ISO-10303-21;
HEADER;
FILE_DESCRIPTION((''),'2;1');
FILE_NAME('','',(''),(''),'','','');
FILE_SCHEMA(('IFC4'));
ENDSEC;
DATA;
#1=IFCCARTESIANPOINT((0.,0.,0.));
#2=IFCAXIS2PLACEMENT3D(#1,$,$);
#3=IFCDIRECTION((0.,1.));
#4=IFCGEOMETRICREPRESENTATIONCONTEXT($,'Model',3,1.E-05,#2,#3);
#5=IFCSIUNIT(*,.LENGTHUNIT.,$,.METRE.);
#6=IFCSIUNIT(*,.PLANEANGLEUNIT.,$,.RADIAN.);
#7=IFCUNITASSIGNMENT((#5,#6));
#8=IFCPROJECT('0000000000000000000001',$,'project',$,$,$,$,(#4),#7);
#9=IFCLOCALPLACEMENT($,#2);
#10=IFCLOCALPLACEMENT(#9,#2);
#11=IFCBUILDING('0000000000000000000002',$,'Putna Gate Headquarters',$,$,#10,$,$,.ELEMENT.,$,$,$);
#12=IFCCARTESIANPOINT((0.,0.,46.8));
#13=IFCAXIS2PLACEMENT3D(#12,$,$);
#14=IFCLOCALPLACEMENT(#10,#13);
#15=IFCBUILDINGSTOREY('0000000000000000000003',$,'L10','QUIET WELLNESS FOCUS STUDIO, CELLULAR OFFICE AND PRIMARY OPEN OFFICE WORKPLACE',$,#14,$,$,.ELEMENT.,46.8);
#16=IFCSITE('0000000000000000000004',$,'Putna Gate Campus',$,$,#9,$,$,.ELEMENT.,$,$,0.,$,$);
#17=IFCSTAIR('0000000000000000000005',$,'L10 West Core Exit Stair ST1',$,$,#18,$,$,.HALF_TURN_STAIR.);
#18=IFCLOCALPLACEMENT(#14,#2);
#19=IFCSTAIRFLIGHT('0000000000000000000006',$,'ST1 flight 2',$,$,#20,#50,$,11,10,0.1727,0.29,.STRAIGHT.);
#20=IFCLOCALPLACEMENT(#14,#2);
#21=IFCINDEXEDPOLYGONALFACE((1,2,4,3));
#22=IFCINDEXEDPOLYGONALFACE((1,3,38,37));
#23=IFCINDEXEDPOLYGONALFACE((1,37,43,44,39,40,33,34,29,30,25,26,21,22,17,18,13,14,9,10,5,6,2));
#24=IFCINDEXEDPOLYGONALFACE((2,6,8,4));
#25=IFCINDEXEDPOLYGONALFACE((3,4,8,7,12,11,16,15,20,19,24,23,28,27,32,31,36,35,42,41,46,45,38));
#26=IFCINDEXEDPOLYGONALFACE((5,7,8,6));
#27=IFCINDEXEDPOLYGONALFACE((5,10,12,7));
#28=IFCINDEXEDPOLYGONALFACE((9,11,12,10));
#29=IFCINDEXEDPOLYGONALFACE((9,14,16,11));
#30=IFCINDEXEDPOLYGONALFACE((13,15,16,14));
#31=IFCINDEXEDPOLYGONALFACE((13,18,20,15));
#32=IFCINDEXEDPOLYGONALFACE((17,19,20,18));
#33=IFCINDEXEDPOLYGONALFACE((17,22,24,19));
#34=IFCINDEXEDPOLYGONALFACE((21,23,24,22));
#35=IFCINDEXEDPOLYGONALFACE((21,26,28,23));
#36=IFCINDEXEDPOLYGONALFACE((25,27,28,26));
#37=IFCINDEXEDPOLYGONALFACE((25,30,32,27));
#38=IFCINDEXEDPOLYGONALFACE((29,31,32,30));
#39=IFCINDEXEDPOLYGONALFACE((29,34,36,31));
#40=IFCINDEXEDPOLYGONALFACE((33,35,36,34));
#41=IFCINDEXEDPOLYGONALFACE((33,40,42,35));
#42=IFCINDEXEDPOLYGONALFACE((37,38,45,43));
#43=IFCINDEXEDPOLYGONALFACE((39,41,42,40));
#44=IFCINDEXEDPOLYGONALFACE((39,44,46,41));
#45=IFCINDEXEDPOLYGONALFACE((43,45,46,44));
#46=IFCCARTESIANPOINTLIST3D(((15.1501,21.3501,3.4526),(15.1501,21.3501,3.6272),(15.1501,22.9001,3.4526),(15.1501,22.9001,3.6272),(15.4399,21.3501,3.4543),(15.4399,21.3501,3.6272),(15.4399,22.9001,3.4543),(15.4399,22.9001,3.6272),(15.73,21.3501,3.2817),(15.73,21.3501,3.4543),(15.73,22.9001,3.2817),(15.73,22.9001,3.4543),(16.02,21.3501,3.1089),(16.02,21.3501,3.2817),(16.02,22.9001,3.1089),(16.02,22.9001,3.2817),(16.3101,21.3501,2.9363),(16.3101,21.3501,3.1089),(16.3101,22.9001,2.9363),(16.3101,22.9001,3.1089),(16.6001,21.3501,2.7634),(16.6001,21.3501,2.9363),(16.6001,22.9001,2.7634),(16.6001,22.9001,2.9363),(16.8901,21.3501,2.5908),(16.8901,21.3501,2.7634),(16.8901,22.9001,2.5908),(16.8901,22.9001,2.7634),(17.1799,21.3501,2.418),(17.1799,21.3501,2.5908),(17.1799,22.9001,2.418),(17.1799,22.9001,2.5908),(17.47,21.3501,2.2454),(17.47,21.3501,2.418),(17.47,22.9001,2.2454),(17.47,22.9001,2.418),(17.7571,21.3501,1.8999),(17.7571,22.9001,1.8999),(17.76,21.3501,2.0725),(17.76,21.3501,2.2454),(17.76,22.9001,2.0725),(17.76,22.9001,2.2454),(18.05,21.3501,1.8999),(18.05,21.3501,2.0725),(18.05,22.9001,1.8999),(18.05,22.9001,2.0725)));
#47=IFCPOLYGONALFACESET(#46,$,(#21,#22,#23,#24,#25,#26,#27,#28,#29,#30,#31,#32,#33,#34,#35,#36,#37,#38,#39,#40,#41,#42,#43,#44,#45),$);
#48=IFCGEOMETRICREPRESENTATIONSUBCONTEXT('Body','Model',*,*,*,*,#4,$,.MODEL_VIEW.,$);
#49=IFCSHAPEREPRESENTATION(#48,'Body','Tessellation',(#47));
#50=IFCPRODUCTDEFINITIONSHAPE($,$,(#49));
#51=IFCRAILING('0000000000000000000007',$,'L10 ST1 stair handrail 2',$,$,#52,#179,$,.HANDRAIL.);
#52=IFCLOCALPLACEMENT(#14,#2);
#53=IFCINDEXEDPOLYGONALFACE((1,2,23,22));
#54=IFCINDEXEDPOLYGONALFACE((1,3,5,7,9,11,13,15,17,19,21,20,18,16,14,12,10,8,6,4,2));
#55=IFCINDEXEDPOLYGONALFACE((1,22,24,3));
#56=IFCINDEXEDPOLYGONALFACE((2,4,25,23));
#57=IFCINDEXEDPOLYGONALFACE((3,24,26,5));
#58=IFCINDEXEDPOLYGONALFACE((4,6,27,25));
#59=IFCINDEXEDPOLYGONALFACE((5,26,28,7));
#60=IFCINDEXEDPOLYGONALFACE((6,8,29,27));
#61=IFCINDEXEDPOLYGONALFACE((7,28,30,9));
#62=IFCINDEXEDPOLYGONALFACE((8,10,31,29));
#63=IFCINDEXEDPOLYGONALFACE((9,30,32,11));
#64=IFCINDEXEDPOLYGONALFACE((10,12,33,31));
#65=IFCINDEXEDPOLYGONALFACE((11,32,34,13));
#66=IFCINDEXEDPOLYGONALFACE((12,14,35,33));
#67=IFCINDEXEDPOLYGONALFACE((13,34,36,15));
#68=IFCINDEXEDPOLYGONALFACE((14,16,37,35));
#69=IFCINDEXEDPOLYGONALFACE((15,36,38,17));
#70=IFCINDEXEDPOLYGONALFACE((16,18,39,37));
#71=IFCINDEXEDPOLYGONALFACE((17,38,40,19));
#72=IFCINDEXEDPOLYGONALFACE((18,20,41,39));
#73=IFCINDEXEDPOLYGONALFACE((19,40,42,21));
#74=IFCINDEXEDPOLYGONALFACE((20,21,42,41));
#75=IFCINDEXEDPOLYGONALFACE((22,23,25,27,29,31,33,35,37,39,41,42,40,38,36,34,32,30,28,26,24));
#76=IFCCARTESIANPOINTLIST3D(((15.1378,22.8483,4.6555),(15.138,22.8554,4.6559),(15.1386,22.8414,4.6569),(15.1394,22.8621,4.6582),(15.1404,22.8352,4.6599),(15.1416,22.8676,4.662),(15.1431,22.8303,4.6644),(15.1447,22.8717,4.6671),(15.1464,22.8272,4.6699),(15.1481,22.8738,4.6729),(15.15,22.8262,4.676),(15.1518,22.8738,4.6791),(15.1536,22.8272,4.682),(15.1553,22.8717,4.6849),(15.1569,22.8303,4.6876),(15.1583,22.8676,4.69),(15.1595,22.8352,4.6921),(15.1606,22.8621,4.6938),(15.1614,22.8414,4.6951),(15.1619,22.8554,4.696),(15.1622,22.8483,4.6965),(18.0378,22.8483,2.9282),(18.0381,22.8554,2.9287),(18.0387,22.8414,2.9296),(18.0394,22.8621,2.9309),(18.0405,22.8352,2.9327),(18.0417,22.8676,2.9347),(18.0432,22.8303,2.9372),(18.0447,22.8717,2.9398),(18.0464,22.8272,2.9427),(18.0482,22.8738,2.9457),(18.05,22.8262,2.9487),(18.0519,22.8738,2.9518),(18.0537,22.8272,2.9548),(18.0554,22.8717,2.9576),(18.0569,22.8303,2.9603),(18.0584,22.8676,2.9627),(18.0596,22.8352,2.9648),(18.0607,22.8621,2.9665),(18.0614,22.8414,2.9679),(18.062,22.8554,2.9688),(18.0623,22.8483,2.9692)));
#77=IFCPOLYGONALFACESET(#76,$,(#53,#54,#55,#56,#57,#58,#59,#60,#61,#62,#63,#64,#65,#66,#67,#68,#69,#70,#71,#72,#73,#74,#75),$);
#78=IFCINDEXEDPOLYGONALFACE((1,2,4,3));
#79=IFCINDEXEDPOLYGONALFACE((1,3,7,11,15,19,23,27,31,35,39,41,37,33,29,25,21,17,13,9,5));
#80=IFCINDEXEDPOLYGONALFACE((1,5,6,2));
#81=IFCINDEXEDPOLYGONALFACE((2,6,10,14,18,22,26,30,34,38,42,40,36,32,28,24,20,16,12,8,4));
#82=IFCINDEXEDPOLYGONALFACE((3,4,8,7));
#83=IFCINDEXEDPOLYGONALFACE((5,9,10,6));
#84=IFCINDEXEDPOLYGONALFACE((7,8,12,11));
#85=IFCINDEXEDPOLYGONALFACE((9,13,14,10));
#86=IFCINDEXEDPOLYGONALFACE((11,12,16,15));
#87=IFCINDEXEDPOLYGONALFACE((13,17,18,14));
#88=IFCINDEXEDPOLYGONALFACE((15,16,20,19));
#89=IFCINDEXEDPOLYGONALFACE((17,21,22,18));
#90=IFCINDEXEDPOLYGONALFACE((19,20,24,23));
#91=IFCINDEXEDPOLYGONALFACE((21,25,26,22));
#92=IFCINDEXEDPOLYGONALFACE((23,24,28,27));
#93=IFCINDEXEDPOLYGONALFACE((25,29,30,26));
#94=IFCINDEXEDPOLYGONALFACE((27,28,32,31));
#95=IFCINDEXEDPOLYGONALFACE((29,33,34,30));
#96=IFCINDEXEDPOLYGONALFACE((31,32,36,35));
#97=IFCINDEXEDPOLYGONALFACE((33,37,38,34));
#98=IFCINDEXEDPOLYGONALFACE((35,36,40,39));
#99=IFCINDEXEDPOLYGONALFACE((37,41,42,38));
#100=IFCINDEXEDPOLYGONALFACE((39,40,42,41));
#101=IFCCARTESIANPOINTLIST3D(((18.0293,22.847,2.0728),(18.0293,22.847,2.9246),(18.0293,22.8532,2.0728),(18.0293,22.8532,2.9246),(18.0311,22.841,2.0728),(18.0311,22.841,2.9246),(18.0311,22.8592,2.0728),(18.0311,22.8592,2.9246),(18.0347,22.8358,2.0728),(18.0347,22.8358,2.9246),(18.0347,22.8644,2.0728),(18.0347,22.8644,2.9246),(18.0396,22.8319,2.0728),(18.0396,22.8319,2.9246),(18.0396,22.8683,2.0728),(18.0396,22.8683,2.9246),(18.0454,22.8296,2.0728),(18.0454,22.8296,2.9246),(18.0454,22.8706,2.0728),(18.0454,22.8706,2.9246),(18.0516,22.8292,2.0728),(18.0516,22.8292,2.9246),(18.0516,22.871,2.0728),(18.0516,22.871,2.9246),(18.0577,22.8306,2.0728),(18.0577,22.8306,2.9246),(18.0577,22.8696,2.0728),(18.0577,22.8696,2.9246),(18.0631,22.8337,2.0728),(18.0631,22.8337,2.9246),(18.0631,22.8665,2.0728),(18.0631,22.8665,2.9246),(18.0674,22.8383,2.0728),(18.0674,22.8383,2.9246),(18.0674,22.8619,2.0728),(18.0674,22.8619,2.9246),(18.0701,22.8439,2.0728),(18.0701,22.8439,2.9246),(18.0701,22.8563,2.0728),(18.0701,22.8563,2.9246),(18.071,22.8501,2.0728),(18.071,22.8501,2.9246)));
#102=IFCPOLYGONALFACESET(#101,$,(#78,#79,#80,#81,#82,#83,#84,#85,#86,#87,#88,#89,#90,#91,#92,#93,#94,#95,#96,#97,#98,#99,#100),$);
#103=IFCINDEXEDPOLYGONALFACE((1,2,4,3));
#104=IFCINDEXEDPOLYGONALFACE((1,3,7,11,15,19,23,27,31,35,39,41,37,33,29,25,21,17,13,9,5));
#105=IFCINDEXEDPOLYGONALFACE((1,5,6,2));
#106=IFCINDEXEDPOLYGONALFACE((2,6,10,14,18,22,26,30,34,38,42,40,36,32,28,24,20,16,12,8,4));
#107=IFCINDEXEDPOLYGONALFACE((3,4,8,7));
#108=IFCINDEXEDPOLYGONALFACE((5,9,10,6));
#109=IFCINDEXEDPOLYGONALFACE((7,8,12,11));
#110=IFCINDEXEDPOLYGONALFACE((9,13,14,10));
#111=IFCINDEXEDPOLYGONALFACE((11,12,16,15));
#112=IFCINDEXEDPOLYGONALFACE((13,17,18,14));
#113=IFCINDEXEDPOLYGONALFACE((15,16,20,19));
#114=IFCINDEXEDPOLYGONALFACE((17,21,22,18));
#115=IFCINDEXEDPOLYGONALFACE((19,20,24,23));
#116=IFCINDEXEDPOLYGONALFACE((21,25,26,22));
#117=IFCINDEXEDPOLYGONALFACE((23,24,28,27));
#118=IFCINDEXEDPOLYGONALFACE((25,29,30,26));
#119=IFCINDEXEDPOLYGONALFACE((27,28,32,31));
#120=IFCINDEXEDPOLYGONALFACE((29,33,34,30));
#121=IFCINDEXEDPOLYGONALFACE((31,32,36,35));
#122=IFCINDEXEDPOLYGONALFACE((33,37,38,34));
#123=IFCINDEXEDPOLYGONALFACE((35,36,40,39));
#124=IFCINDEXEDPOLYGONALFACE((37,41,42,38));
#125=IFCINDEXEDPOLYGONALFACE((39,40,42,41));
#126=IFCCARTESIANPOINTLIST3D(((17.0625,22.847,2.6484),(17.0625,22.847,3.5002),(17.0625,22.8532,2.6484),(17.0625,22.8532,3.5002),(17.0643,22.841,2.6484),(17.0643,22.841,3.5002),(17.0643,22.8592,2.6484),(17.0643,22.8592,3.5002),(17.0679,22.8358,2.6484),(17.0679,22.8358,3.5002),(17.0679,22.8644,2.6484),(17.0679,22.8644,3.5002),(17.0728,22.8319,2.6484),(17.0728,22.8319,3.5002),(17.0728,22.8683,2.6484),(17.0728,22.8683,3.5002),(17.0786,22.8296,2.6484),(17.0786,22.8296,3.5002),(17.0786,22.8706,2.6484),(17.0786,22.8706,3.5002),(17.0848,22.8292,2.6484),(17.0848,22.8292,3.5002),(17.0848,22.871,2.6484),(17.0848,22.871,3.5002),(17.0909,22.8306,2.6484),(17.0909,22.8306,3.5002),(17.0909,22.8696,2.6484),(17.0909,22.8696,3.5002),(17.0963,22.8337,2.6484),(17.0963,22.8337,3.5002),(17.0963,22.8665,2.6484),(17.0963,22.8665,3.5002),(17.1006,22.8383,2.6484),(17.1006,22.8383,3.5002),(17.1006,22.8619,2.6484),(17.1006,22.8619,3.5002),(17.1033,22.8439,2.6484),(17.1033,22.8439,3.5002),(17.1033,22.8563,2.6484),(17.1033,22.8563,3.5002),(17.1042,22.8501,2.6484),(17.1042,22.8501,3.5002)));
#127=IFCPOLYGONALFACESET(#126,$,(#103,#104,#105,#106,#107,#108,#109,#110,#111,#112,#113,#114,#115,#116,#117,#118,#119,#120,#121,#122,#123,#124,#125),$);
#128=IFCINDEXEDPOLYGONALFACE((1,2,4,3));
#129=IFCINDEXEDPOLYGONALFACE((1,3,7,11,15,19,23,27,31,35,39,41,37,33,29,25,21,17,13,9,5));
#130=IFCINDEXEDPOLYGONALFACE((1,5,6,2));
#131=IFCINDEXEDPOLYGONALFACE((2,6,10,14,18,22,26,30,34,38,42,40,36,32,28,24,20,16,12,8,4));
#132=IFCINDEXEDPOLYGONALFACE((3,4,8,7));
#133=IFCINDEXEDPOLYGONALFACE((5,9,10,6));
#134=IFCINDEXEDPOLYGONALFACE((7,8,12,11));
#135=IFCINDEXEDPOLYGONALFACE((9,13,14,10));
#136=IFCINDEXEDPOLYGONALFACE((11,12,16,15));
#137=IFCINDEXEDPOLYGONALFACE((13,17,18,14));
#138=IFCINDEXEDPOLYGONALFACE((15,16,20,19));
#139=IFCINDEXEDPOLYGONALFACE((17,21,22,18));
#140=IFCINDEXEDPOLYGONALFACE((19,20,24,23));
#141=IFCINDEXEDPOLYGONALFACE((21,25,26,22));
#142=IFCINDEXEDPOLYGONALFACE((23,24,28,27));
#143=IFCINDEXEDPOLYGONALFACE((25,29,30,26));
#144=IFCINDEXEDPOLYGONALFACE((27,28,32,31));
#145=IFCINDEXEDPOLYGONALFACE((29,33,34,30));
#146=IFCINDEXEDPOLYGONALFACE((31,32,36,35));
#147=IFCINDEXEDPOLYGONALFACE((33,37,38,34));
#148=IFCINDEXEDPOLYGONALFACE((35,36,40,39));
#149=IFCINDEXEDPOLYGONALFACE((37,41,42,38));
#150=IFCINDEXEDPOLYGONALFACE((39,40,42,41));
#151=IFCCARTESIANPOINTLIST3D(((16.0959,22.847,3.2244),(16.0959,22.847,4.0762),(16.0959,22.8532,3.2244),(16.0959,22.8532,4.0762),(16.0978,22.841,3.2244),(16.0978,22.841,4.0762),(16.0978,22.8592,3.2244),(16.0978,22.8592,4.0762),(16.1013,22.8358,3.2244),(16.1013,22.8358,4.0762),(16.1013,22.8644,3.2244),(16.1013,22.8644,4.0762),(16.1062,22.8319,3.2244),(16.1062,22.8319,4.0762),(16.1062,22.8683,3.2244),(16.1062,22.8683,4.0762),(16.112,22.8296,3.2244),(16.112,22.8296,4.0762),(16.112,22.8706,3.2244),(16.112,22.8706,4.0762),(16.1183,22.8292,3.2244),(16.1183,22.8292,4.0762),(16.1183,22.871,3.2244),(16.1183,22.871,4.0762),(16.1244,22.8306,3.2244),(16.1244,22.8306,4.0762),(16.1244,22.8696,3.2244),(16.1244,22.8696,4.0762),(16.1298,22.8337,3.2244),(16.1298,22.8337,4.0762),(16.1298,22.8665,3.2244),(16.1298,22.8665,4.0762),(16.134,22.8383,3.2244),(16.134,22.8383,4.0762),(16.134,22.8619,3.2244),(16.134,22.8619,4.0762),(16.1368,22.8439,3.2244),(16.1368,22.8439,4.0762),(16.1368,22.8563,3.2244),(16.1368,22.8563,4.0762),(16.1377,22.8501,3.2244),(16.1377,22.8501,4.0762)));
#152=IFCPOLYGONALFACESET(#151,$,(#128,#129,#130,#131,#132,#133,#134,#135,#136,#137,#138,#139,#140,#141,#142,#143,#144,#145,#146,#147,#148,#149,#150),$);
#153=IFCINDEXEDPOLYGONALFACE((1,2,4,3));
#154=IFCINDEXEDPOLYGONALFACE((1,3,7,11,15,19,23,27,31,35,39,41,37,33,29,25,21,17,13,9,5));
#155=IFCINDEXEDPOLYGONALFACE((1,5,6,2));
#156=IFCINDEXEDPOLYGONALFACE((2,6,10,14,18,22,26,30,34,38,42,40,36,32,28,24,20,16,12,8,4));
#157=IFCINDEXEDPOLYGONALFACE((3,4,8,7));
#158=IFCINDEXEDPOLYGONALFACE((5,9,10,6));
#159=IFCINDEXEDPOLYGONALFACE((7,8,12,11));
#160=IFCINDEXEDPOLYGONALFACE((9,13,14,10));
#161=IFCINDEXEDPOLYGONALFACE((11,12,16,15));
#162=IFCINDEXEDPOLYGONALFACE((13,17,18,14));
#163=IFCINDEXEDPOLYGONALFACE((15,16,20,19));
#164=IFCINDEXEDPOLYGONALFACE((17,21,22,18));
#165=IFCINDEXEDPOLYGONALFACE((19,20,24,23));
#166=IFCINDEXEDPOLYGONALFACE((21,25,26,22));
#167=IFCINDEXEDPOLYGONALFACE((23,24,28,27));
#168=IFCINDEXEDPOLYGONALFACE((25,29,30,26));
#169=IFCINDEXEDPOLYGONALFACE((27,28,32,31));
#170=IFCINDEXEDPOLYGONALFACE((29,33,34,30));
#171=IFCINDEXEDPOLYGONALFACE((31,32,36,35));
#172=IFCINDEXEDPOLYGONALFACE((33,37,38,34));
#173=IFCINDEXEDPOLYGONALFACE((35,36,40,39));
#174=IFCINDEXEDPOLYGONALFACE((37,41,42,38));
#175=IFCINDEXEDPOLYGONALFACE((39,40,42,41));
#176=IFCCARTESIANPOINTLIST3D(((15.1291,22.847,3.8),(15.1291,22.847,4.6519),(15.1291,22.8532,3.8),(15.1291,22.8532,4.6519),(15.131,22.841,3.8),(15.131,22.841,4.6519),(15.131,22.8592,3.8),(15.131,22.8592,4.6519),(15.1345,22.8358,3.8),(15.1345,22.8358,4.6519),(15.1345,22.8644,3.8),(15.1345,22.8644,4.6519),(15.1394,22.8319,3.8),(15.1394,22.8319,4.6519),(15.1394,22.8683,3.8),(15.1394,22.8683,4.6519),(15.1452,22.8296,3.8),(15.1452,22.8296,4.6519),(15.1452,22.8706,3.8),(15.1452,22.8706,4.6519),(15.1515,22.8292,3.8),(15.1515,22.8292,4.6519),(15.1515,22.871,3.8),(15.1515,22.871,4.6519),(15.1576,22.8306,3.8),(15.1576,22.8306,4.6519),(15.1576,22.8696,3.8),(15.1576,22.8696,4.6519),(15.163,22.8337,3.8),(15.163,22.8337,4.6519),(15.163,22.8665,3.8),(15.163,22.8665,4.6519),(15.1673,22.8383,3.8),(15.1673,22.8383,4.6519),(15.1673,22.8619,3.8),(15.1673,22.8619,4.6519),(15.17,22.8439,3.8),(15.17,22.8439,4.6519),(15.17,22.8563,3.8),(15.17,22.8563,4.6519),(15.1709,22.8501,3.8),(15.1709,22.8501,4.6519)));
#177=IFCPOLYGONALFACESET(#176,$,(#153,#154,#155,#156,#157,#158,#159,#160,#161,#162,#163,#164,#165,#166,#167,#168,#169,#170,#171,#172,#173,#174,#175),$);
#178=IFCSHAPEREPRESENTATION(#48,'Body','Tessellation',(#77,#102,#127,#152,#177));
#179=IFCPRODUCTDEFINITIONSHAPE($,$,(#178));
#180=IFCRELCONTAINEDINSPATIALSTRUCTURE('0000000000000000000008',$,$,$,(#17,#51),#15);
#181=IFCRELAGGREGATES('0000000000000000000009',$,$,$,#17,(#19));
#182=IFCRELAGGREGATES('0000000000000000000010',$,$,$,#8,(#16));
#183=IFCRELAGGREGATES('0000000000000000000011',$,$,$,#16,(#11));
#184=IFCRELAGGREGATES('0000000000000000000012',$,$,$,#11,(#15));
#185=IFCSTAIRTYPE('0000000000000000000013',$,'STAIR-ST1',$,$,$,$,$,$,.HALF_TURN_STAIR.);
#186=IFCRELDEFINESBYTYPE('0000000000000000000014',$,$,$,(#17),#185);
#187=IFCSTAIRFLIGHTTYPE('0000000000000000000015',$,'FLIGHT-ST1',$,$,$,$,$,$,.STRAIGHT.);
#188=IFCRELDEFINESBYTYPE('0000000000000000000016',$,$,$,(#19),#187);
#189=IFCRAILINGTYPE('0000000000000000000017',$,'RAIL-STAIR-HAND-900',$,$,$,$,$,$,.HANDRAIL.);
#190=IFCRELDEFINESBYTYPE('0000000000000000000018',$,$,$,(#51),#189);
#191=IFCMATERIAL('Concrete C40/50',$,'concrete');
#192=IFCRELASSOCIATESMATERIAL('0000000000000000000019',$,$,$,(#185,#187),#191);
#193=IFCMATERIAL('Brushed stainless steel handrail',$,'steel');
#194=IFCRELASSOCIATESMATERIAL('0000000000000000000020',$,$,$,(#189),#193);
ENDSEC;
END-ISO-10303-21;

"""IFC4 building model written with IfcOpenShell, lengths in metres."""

from ifc_helpers import new_model, si_unit, direction, frame, origin, origin_2d, place, context, subcontext, project, spatial, polyline, circle, outline, extrude, material, type_object, element, aggregate, save


model = new_model("IFC4")

# Units and contexts
model_context = context("Model", 3, precision=1e-05, world=origin(), true_north=direction((0.0, 1.0)))
body_context = subcontext(model_context, "Body", "Model", "MODEL_VIEW")
ifc_project = project(units=[si_unit("LENGTHUNIT", "METRE"), si_unit("PLANEANGLEUNIT", "RADIAN")], contexts=[model_context])

# Site, building, storey
site_placement = place(None, origin())
site = spatial("IfcSite", under=ifc_project, at=site_placement, Name="Putna Gate Campus", CompositionType="ELEMENT", RefElevation=0.0)
building_placement = place(site_placement, origin())
building = spatial("IfcBuilding", under=site, at=building_placement, Name="Putna Gate Headquarters", CompositionType="ELEMENT")
storey_placement = place(building_placement, frame((0.0, 0.0, 46.8)))
storey = spatial("IfcBuildingStorey", under=building, at=storey_placement, Name="L10", Description="QUIET WELLNESS FOCUS STUDIO, CELLULAR OFFICE AND PRIMARY OPEN OFFICE WORKPLACE", CompositionType="ELEMENT", Elevation=46.8)

# Shared definitions
ifc_material_1 = material(Name="Concrete C40/50", Category="concrete")

# Stair, stair flight
stair_type = type_object("IfcStairType", Name="STAIR-ST1", PredefinedType="HALF_TURN_STAIR", material=ifc_material_1)
stair_placement = place(storey_placement, origin())
stair = element("IfcStair", 1, at=stair_placement, inside=storey, type_object=stair_type, Name="L10 West Core Exit Stair ST1", PredefinedType="HALF_TURN_STAIR")
stair_flight_type = type_object("IfcStairFlightType", Name="FLIGHT-ST1", PredefinedType="STRAIGHT", material=ifc_material_1)
stair_flight_placement = place(storey_placement, frame((18.05, 22.125, 1.8999), z_axis=(0.0, 0.0, 1.0), x_axis=(-1.0, 0.0, 0.0)))
stair_flight = element("IfcStairFlight", 2, at=stair_flight_placement, type_object=stair_flight_type, Name="ST1 flight 2", NumberOfRisers=11, NumberOfTreads=10, PredefinedType="STRAIGHT", RiserHeight=0.1727, TreadLength=0.29, context=body_context, shape_type="SweptSolid", body=[
    extrude(outline(polyline([(0.0, 0.0), (0.0, 0.1726), (0.29, 0.1726), (0.29, 0.3455), (0.5801, 0.3455), (0.5801, 0.5181), (0.8701, 0.5181), (0.8701, 0.6909), (1.1599, 0.6909), (1.1599, 0.8635), (1.45, 0.8635), (1.45, 1.0364), (1.74, 1.0364), (1.74, 1.209), (2.03, 1.209), (2.03, 1.3818), (2.3201, 1.3818), (2.3201, 1.5544), (2.6101, 1.5544), (2.6101, 1.7273), (2.8999, 1.7273), (2.8999, 1.8999), (2.8999, 1.5527), (0.293, 0.0), (0.0, 0.0)])), frame((0.0, 0.7749, 0.0), z_axis=(0.0, -1.0, 0.0), x_axis=(1.0, 0.0, 0.0)), (0.0, 0.0, 1.0), 1.55),
])
aggregate(stair, [stair_flight])

# Railing
ifc_material_2 = material(Name="Brushed stainless steel handrail", Category="steel")
railing_type_1 = type_object("IfcRailingType", Name="RAIL-STAIR-HAND-900", PredefinedType="HANDRAIL", material=ifc_material_2)
railing_1_placement = place(storey_placement, frame((18.05, 22.8501, 2.0728)))
element("IfcRailing", 3, at=railing_1_placement, inside=storey, type_object=railing_type_1, Name="L10 ST1 stair handrail 2", PredefinedType="HANDRAIL", context=body_context, shape_type="SweptSolid", body=[
    extrude(circle(Radius=0.0239, at=origin_2d()), frame((0.0, 0.0, 0.876), z_axis=(-0.85916, 0.0, 0.511706), x_axis=(0.0, -1.0, 0.0)), (0.0, 0.0, 1.0), 3.3755),
    extrude(circle(Radius=0.021, at=origin_2d()), origin(), (0.0, 0.0, 1.0), 0.8518),
    extrude(circle(Radius=0.021, at=origin_2d()), frame((-0.9668, 0.0, 0.5757)), (0.0, 0.0, 1.0), 0.8518),
    extrude(circle(Radius=0.021, at=origin_2d()), frame((-1.9333, 0.0, 1.1516)), (0.0, 0.0, 1.0), 0.8518),
    extrude(circle(Radius=0.021, at=origin_2d()), frame((-2.9001, 0.0, 1.7273)), (0.0, 0.0, 1.0), 0.8518),
])

save(model, "model.ifc")
